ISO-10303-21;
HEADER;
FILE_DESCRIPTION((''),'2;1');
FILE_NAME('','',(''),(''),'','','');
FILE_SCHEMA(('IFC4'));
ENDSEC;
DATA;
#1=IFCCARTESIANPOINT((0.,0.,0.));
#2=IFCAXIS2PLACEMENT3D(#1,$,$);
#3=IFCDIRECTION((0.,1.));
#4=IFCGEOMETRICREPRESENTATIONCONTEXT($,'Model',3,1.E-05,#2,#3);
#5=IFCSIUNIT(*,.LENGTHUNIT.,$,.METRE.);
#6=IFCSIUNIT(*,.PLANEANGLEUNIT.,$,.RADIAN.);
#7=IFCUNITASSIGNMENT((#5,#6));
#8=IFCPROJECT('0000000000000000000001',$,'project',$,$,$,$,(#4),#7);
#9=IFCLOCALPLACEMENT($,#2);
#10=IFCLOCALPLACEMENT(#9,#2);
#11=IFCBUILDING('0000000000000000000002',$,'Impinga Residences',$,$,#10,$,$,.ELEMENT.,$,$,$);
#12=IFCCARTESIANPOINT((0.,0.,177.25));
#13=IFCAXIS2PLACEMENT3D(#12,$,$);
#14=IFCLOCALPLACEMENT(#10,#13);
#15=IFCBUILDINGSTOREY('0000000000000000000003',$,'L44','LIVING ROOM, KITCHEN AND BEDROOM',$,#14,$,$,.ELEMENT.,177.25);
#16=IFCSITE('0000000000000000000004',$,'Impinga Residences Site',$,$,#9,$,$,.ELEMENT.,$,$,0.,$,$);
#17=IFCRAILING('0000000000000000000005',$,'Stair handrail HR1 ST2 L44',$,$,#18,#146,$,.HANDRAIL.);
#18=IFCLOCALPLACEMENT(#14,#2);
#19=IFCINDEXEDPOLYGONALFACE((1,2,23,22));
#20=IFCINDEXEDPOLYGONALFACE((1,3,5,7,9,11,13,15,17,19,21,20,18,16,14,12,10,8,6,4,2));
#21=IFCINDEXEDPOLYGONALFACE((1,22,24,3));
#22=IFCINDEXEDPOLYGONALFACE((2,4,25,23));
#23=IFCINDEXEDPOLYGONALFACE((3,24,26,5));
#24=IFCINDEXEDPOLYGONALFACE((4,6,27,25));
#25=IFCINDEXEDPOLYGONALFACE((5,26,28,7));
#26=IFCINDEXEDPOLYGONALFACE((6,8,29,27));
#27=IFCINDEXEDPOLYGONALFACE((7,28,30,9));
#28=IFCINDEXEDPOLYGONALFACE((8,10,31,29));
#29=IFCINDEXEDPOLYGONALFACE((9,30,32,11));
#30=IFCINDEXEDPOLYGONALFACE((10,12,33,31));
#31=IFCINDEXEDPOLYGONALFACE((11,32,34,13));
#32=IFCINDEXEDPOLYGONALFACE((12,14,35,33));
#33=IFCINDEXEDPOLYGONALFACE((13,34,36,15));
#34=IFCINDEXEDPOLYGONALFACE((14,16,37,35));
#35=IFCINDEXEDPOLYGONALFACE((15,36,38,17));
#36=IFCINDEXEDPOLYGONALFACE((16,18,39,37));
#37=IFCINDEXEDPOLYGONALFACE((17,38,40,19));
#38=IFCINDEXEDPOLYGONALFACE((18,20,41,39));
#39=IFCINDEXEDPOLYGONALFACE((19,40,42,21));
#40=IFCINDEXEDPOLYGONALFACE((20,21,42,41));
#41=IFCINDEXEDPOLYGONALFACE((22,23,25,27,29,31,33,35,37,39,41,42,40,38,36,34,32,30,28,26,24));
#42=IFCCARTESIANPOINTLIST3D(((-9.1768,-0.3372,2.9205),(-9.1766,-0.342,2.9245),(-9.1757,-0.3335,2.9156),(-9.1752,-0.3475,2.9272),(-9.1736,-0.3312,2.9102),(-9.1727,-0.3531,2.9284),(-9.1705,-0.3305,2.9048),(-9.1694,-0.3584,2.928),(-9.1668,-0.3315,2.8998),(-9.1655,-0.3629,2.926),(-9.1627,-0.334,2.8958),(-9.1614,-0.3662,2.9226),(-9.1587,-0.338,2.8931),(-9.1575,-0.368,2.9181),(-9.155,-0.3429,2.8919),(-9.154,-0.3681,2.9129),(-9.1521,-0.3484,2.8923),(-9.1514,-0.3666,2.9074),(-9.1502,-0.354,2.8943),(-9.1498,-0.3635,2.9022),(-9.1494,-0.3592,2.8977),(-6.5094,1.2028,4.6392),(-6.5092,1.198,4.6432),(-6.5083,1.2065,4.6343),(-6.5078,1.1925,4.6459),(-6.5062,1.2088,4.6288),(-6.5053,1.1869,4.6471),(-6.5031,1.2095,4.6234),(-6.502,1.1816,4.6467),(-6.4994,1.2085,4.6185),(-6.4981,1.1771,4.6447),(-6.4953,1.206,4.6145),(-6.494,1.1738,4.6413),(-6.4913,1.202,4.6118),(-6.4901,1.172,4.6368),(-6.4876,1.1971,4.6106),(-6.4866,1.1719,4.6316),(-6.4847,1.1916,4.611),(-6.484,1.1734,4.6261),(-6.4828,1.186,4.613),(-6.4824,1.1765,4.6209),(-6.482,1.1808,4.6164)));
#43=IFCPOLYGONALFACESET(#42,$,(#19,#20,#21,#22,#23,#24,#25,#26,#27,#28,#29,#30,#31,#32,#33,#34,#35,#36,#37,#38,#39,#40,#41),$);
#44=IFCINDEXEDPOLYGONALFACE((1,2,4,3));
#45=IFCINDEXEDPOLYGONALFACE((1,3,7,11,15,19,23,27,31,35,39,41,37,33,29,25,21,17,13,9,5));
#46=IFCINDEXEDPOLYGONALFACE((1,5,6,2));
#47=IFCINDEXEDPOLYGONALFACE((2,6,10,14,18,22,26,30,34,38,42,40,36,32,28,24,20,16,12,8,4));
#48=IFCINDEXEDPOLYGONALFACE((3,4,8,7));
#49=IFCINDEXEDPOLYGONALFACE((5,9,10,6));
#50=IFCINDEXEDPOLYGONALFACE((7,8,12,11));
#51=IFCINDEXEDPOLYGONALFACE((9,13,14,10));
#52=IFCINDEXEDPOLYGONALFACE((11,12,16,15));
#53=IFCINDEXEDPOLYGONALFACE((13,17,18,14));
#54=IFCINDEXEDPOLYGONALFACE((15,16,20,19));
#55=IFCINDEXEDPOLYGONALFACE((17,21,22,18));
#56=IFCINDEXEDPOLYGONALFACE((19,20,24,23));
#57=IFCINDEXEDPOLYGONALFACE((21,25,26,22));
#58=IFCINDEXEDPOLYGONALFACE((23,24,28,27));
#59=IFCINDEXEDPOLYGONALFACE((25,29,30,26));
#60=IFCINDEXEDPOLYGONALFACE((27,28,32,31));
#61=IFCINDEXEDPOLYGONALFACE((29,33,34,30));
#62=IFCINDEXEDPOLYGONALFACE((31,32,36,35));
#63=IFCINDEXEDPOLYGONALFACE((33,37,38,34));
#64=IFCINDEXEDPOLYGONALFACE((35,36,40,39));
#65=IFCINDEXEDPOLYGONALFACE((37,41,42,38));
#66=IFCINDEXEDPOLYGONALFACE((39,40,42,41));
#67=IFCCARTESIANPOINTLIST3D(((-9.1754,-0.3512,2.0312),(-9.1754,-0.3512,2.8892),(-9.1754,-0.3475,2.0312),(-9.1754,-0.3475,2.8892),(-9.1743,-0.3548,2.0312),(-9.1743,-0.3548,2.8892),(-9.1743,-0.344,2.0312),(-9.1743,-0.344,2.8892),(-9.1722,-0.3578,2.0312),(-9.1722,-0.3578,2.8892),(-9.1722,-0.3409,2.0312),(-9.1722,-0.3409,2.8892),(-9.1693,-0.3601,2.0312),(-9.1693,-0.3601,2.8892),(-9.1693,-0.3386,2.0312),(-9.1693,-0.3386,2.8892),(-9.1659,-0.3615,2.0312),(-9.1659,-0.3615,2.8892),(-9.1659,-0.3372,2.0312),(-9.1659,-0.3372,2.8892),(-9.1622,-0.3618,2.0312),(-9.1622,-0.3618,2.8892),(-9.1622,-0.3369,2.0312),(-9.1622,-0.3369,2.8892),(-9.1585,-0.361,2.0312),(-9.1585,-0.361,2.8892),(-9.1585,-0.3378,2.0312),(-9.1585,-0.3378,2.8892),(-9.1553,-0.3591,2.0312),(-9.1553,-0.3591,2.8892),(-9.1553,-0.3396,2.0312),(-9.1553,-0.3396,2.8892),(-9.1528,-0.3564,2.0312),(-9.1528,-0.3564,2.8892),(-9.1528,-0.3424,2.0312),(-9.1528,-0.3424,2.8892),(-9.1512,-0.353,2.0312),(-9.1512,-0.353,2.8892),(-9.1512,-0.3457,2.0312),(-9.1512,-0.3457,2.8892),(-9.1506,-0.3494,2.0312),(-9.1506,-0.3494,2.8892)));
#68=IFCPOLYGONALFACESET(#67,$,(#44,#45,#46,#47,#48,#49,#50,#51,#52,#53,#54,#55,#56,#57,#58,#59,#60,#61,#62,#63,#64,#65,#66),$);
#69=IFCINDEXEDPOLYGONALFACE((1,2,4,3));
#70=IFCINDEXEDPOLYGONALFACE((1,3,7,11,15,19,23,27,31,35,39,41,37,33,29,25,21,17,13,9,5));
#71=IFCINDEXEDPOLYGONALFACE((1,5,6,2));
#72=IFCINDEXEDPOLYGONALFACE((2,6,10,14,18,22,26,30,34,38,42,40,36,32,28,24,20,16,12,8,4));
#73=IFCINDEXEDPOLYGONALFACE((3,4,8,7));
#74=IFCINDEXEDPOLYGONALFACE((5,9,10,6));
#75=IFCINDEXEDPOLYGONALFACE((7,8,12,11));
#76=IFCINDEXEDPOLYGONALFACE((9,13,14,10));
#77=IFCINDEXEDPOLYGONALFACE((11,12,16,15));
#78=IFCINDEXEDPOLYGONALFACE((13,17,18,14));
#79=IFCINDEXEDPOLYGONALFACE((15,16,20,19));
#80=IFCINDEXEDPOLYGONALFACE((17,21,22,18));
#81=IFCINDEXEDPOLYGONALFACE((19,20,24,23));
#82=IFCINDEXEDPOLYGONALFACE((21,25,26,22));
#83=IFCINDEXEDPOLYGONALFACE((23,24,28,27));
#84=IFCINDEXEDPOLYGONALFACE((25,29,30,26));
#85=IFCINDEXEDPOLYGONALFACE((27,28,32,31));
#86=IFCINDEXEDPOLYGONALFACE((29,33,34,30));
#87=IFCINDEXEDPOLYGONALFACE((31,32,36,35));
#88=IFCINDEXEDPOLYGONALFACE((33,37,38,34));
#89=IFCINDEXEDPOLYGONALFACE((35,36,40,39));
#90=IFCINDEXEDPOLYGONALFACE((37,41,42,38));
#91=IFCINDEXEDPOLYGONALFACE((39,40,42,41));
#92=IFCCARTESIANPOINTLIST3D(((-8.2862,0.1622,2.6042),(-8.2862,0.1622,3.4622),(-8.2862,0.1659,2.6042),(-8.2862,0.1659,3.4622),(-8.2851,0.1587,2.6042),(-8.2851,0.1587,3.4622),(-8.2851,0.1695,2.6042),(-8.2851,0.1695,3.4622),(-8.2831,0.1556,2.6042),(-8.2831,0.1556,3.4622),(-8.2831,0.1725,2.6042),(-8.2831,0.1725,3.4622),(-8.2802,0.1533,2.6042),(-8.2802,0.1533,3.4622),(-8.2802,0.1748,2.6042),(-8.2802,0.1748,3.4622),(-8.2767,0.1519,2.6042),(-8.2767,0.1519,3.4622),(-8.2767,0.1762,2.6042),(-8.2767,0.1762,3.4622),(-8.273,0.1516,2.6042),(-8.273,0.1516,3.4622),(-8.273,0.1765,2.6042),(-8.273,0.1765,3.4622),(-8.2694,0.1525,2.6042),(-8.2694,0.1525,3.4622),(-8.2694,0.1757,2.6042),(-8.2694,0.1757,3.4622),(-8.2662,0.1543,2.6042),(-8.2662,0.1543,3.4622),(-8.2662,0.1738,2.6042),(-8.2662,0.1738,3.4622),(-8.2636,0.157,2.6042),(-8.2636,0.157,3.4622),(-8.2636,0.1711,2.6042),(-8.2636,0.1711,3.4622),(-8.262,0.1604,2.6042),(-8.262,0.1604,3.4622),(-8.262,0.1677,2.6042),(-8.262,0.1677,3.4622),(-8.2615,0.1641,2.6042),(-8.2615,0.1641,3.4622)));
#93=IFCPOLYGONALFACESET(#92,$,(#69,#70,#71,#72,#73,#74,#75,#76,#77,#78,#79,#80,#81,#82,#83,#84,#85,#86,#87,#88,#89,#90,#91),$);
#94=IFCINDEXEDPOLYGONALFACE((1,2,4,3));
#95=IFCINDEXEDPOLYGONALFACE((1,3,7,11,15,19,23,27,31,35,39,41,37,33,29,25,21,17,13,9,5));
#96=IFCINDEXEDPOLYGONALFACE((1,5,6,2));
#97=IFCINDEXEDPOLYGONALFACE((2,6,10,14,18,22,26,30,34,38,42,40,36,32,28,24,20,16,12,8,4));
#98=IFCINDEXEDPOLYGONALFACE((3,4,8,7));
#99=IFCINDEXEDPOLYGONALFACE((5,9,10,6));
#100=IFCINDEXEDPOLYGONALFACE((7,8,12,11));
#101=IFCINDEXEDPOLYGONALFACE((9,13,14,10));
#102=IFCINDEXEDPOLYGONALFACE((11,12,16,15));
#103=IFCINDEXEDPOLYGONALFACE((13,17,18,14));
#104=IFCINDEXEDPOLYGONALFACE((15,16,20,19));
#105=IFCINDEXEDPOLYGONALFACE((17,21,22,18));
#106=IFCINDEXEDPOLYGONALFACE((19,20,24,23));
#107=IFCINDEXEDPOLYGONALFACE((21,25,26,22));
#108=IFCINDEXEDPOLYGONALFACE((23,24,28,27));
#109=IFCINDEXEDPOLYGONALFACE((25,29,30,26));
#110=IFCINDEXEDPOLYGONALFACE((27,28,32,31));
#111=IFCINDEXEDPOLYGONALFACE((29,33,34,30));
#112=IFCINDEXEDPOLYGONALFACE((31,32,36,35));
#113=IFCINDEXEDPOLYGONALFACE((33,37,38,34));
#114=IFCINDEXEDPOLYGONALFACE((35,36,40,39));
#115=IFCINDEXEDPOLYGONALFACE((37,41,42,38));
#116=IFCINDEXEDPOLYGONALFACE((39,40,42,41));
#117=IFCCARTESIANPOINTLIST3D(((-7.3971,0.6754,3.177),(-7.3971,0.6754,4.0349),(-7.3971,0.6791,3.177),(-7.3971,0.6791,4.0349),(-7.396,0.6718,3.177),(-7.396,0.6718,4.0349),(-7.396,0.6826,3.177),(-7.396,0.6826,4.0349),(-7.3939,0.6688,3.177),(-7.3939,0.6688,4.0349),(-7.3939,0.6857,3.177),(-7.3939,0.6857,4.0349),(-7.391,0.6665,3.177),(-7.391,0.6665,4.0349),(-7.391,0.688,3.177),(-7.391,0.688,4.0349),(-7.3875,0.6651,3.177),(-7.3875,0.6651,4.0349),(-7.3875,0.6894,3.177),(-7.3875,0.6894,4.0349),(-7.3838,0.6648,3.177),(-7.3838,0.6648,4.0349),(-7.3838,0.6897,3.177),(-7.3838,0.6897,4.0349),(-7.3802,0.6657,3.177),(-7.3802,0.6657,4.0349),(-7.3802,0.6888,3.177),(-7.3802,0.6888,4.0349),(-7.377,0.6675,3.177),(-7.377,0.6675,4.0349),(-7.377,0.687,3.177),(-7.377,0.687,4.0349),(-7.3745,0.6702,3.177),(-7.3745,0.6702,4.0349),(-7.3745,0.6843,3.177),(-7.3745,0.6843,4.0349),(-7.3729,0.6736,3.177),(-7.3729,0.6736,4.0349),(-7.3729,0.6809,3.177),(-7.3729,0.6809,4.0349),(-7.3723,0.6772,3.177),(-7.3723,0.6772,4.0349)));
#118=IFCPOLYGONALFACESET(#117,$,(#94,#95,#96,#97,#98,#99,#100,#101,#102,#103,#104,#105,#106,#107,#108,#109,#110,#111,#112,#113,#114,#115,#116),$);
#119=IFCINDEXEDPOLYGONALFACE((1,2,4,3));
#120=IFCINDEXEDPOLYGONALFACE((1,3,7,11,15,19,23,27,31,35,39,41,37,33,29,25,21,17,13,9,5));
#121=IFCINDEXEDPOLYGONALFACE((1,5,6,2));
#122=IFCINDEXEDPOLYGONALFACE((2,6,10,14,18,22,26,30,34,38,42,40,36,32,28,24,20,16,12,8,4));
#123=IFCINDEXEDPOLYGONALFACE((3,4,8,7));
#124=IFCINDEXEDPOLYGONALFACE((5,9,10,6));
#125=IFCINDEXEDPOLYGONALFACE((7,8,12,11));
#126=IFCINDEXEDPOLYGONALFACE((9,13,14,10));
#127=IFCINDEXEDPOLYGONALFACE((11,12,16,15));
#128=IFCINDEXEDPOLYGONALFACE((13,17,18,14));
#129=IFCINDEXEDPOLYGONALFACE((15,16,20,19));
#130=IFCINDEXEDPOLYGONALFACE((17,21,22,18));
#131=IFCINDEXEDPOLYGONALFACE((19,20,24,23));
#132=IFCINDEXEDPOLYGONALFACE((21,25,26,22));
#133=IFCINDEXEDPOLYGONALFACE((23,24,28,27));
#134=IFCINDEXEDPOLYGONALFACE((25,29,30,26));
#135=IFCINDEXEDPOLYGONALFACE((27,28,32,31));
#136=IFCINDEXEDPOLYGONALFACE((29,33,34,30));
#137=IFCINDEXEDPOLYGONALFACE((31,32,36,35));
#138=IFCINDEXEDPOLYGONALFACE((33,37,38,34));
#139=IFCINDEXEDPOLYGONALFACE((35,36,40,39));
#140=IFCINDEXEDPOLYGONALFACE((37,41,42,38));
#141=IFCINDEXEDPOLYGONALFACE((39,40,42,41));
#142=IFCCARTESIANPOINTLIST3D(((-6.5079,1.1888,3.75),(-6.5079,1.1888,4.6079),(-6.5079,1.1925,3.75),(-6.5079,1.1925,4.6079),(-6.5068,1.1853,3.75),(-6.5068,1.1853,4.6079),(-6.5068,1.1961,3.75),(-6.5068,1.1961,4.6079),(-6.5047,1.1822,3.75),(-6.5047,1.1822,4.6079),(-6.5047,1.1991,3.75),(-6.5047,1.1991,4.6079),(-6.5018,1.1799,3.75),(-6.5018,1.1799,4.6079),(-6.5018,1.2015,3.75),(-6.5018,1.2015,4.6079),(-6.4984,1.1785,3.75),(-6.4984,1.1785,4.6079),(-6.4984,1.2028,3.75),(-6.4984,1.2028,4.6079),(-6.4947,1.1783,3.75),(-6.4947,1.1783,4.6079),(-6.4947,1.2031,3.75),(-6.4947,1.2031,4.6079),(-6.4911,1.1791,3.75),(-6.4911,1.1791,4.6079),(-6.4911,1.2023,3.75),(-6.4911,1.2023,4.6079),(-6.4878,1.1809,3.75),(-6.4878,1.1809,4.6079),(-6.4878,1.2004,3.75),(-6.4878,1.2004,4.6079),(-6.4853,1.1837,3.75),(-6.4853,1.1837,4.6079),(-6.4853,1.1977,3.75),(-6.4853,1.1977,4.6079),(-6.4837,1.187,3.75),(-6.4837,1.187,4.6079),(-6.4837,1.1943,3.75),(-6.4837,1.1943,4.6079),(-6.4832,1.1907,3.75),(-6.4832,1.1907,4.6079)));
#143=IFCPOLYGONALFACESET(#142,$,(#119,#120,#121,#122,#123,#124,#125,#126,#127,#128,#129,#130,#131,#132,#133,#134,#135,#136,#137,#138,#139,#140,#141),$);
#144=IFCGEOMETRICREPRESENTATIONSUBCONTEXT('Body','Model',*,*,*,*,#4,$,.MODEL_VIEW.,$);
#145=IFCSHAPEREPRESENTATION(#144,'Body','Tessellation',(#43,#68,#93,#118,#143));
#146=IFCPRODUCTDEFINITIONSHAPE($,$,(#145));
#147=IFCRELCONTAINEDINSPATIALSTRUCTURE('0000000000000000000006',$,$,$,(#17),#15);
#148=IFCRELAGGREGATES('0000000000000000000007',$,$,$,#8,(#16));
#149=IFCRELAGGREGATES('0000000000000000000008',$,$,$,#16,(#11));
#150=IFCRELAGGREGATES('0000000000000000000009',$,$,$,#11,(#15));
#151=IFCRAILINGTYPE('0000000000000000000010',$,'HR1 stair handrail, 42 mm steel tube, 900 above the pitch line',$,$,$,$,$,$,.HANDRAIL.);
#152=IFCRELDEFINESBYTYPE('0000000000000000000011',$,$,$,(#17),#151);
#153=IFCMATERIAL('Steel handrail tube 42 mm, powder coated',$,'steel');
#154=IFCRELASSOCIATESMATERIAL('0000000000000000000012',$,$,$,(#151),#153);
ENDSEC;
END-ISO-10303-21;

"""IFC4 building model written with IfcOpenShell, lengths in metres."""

from ifc_helpers import new_model, si_unit, direction, frame, origin, origin_2d, place, context, subcontext, project, spatial, circle, extrude, material, type_object, element, save


model = new_model("IFC4")

# Units and contexts
model_context = context("Model", 3, precision=1e-05, world=origin(), true_north=direction((0.0, 1.0)))
body_context = subcontext(model_context, "Body", "Model", "MODEL_VIEW")
ifc_project = project(units=[si_unit("LENGTHUNIT", "METRE"), si_unit("PLANEANGLEUNIT", "RADIAN")], contexts=[model_context])

# Site, building, storey
site_placement = place(None, origin())
site = spatial("IfcSite", under=ifc_project, at=site_placement, Name="Impinga Residences Site", CompositionType="ELEMENT", RefElevation=0.0)
building_placement = place(site_placement, origin())
building = spatial("IfcBuilding", under=site, at=building_placement, Name="Impinga Residences", CompositionType="ELEMENT")
storey_placement = place(building_placement, frame((0.0, 0.0, 177.25)))
storey = spatial("IfcBuildingStorey", under=building, at=storey_placement, Name="L44", Description="LIVING ROOM, KITCHEN AND BEDROOM", CompositionType="ELEMENT", Elevation=177.25)

# Railing
ifc_material_1 = material(Name="Steel handrail tube 42 mm, powder coated", Category="steel")
railing_type_1 = type_object("IfcRailingType", Name="HR1 stair handrail, 42 mm steel tube, 900 above the pitch line", PredefinedType="HANDRAIL", material=ifc_material_1)
railing_1_placement = place(storey_placement, frame((-9.1631, -0.3494, 2.0312)))
element("IfcRailing", 1, at=railing_1_placement, inside=storey, type_object=railing_type_1, Name="Stair handrail HR1 ST2 L44", PredefinedType="HANDRAIL", context=body_context, shape_type="SweptSolid", body=[
    extrude(circle(Radius=0.021, at=origin_2d()), frame((0.0, 0.0, 0.8789), z_axis=(0.756256, 0.436616, 0.487282), x_axis=(-0.499992, 0.86603, 0.0)), (0.0, 0.0, 1.0), 3.5271),
    extrude(circle(Radius=0.0125, at=origin_2d()), origin(), (0.0, 0.0, 1.0), 0.8579),
    extrude(circle(Radius=0.0125, at=origin_2d()), frame((0.8892, 0.5134, 0.573)), (0.0, 0.0, 1.0), 0.8579),
    extrude(circle(Radius=0.0125, at=origin_2d()), frame((1.7783, 1.0266, 1.1458)), (0.0, 0.0, 1.0), 0.8579),
    extrude(circle(Radius=0.0125, at=origin_2d()), frame((2.6675, 1.54, 1.7188)), (0.0, 0.0, 1.0), 0.8579),
])

save(model, "model.ifc")
